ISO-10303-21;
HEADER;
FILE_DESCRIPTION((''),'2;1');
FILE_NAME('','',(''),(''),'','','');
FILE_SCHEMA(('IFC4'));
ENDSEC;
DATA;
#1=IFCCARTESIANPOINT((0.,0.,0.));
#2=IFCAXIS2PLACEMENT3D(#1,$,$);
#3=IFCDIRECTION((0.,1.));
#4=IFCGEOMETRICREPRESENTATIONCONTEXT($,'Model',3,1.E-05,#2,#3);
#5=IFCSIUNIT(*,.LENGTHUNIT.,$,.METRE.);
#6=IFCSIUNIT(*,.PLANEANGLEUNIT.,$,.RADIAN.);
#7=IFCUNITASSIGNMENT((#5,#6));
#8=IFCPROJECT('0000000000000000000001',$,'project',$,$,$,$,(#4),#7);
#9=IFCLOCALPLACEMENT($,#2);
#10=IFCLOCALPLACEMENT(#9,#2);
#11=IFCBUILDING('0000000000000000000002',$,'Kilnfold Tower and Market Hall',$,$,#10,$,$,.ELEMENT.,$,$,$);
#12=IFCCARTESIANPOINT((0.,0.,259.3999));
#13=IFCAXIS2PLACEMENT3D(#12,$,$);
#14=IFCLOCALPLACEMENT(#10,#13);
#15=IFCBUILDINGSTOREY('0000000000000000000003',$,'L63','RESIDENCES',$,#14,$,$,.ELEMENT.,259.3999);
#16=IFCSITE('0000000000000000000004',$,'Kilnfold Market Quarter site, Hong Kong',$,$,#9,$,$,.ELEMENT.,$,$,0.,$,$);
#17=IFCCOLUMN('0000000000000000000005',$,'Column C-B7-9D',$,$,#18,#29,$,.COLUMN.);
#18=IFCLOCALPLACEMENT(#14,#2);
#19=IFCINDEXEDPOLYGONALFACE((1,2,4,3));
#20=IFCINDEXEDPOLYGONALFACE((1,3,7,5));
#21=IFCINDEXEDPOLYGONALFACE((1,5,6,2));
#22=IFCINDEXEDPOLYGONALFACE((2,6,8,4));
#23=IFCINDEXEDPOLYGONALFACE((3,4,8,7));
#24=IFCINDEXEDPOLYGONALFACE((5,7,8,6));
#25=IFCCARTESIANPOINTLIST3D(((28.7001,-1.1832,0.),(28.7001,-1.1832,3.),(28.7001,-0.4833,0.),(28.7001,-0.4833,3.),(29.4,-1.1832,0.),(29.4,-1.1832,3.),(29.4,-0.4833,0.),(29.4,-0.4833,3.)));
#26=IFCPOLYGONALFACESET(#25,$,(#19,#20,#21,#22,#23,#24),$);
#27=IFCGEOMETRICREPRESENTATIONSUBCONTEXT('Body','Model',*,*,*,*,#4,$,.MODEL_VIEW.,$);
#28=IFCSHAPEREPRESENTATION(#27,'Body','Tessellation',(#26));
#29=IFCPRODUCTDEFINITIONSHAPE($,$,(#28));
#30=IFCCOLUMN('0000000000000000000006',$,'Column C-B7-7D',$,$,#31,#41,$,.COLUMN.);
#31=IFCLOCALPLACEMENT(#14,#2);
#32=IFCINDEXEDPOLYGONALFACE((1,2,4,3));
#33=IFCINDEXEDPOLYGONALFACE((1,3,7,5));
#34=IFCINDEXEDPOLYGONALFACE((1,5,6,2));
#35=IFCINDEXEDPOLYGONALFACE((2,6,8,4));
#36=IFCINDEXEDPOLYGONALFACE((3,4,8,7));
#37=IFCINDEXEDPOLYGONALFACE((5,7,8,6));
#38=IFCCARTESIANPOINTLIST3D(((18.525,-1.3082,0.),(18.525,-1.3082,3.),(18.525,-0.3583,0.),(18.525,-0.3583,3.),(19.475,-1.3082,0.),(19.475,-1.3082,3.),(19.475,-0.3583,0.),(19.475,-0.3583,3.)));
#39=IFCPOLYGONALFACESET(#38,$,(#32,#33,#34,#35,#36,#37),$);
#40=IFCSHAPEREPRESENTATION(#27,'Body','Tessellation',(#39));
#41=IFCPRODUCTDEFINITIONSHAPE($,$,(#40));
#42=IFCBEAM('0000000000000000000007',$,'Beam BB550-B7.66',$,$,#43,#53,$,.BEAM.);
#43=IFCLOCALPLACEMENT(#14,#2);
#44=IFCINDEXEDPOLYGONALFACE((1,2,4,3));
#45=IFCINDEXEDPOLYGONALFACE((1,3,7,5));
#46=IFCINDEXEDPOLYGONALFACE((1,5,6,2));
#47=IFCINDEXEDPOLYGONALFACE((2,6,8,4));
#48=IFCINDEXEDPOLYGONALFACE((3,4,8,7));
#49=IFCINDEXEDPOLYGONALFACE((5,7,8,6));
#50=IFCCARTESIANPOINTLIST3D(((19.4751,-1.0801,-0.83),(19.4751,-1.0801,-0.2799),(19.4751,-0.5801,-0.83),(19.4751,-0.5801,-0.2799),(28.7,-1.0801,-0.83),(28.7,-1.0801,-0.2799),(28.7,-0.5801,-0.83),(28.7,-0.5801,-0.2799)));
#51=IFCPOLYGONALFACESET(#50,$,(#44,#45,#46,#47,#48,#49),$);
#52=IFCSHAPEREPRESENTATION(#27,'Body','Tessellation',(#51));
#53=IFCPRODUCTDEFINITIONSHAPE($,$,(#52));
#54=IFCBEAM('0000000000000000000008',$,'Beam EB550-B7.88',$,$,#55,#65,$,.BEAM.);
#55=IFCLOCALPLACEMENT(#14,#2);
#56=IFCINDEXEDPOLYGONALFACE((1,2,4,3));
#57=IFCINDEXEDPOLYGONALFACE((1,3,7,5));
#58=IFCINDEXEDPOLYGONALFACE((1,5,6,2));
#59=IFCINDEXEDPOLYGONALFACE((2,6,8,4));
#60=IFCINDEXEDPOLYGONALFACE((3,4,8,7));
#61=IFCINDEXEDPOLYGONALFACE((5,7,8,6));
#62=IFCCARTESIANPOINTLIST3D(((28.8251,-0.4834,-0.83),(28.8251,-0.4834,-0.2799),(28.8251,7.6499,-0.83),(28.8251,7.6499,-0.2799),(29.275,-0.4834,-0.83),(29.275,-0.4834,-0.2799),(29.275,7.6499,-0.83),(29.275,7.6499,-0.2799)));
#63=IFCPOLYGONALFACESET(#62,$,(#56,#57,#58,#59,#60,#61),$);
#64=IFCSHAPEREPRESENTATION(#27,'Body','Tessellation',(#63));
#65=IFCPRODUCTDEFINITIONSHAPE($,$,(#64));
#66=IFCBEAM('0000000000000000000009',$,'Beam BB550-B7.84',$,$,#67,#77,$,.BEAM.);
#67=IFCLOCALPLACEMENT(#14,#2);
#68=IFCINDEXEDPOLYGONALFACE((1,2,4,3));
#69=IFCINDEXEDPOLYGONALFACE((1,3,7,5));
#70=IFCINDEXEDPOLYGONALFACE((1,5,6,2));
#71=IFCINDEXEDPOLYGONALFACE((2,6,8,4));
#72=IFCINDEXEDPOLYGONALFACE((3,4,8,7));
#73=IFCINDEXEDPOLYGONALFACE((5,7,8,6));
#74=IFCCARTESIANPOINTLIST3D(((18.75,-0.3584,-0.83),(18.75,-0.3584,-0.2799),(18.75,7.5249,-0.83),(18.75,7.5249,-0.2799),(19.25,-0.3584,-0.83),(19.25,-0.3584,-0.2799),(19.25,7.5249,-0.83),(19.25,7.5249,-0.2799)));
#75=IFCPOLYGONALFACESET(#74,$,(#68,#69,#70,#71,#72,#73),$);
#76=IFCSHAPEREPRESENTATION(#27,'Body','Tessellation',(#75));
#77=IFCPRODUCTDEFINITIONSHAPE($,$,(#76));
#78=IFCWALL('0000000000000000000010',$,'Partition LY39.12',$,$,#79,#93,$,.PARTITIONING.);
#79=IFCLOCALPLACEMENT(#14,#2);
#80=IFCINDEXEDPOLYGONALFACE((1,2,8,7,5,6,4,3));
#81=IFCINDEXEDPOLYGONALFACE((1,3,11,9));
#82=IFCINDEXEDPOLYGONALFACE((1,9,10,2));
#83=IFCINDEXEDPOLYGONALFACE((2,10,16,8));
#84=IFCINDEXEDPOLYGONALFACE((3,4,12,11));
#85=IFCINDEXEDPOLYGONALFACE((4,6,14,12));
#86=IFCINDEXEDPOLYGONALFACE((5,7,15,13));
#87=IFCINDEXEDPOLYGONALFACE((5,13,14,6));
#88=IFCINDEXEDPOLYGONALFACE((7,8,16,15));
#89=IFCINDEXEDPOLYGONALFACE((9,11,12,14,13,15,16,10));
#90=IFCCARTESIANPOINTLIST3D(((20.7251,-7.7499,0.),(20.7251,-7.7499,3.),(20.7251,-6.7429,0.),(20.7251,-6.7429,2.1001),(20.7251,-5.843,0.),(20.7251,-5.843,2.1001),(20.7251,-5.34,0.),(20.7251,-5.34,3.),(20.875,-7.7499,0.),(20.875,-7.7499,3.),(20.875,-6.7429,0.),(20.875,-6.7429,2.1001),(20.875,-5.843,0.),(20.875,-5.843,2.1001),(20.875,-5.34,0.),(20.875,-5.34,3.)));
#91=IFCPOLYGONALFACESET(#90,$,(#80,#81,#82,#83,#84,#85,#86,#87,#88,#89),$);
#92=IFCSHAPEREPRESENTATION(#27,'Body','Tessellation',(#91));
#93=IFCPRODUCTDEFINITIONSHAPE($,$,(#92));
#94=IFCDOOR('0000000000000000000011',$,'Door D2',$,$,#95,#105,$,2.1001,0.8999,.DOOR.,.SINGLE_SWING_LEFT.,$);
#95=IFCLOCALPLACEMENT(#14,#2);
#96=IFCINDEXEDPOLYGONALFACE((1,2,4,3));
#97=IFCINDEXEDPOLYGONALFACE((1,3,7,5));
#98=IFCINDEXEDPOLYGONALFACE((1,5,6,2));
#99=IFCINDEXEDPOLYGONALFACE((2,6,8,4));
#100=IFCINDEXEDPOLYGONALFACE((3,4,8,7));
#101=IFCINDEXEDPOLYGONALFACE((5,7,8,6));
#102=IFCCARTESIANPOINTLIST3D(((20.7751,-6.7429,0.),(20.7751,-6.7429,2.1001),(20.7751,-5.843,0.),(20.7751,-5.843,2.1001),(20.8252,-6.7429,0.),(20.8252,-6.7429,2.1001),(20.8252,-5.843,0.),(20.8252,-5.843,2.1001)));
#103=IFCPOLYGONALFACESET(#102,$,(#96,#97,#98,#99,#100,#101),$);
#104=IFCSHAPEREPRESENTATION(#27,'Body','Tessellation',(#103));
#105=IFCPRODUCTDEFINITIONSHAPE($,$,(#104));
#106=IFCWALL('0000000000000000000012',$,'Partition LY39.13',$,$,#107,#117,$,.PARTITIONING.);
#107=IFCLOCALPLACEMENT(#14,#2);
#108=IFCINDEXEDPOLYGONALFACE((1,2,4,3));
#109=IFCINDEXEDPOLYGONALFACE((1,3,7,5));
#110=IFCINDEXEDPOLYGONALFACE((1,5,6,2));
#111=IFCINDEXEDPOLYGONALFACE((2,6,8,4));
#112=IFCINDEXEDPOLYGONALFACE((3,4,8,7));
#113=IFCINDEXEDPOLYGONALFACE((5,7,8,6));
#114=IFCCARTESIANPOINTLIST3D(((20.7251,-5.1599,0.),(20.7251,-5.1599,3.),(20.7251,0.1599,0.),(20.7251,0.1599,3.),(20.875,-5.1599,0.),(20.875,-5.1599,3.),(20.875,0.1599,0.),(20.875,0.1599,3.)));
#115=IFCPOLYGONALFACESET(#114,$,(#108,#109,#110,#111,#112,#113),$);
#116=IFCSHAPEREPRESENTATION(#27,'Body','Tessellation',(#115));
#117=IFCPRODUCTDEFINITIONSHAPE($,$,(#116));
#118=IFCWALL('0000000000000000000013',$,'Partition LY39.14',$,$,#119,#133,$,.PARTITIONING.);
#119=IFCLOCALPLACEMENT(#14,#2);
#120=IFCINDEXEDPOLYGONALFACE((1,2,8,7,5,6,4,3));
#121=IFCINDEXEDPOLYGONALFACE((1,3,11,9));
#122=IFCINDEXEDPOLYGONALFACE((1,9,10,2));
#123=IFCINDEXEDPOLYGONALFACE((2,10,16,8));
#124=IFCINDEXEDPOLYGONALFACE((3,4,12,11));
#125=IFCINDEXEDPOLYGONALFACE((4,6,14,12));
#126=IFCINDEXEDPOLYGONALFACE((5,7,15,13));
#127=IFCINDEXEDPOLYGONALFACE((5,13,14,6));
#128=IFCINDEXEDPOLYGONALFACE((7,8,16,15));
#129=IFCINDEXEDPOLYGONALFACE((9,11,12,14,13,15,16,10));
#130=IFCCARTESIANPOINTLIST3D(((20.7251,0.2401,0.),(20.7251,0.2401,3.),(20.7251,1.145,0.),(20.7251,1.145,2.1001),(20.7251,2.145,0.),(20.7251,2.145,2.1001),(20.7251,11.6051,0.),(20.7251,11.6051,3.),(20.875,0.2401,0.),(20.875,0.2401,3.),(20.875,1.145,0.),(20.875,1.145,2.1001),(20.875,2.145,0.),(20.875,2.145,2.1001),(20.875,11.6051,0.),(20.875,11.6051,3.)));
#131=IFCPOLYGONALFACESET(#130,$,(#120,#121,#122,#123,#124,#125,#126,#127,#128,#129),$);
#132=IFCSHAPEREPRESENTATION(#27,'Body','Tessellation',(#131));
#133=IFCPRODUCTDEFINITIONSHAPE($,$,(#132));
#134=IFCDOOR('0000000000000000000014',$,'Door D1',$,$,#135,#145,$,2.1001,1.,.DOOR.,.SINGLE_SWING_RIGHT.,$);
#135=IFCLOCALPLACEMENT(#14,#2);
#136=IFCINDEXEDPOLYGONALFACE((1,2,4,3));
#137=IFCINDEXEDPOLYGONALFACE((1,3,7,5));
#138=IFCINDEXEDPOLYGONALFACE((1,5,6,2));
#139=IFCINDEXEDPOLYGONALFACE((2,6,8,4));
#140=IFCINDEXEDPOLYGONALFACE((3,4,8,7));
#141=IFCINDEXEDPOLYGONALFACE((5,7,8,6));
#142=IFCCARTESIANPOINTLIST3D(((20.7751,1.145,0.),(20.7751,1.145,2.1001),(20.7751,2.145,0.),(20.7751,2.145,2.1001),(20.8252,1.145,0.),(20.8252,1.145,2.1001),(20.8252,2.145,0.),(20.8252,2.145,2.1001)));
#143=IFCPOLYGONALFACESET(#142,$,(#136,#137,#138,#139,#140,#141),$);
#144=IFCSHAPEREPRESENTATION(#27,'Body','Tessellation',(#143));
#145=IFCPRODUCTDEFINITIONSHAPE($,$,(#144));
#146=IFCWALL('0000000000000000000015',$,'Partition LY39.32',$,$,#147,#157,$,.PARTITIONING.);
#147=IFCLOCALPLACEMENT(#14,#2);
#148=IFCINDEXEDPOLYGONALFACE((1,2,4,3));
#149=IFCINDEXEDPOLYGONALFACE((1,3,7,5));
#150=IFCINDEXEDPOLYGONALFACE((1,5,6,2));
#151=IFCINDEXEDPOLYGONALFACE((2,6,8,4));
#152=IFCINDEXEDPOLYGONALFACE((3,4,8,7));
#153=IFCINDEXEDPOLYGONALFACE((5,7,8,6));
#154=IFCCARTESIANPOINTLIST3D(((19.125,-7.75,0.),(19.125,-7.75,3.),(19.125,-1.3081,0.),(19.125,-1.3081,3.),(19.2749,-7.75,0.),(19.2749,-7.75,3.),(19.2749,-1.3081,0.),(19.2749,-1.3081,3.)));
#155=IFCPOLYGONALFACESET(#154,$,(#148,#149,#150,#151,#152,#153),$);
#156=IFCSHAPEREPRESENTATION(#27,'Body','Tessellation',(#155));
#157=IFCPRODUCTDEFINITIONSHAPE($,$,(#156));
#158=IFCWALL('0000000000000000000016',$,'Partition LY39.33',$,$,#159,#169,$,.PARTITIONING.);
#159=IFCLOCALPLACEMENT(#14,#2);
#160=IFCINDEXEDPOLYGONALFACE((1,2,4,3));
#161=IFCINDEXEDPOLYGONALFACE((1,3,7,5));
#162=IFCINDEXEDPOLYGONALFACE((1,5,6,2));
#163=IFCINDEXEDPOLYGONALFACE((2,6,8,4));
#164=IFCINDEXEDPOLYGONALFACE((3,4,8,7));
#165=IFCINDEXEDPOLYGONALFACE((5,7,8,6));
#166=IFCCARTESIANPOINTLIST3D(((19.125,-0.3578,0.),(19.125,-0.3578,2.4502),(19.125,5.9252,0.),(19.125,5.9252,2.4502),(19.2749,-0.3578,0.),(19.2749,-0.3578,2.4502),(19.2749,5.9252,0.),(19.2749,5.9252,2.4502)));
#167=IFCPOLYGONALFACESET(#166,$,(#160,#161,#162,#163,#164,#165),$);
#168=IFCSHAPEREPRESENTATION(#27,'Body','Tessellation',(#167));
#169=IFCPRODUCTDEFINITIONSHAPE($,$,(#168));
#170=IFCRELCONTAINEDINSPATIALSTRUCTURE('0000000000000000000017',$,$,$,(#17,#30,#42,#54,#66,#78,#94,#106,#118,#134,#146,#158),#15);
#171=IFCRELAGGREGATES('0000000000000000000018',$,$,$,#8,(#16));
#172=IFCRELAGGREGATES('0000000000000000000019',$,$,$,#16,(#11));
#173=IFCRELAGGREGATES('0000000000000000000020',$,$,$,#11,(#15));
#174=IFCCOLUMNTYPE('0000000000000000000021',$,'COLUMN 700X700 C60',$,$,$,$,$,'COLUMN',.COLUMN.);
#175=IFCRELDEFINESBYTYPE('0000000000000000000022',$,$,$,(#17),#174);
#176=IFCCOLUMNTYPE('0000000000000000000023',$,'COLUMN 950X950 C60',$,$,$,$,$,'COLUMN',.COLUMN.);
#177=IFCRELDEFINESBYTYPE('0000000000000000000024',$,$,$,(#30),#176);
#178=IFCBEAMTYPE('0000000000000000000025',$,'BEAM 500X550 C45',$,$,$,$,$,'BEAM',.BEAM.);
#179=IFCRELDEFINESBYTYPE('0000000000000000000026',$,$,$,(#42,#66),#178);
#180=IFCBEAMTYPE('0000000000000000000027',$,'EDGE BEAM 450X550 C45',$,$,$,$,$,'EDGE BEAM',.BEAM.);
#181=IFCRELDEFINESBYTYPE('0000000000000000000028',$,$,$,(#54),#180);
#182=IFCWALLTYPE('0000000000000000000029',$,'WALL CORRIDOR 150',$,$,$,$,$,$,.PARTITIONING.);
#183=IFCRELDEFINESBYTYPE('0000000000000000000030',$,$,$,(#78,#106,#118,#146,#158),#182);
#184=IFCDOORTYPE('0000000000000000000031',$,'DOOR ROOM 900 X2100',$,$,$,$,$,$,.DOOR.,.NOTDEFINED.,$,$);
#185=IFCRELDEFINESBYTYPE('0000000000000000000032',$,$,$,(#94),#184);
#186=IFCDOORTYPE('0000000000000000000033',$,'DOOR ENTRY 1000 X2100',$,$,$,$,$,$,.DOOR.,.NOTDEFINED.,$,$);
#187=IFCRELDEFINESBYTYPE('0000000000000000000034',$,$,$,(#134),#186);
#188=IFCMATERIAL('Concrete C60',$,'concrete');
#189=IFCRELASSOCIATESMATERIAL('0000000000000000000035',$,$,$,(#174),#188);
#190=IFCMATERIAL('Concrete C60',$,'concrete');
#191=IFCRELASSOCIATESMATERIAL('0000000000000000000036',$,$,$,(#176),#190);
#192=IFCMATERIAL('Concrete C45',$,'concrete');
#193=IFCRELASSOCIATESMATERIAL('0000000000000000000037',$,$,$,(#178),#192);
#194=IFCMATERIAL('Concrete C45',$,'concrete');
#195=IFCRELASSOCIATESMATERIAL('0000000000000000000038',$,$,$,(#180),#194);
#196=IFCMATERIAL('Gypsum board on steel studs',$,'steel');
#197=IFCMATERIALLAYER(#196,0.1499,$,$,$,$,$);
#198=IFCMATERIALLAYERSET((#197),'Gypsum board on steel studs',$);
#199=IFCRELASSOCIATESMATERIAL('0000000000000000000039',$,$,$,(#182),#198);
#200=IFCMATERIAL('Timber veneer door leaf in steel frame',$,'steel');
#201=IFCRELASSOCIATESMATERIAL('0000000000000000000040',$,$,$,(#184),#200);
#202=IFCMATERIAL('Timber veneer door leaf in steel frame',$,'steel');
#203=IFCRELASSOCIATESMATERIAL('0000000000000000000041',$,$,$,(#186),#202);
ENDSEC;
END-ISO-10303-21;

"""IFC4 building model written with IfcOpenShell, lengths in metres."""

from ifc_helpers import new_model, si_unit, direction, frame, frame_2d, origin, origin_2d, place, context, subcontext, project, spatial, rectangle, extrude, source, transform, mapped, material, layer, layer_set, material_profile, profile_set, type_object, element, fill, save


model = new_model("IFC4")

# Units and contexts
model_context = context("Model", 3, precision=1e-05, world=origin(), true_north=direction((0.0, 1.0)))
body_context = subcontext(model_context, "Body", "Model", "MODEL_VIEW")
ifc_project = project(units=[si_unit("LENGTHUNIT", "METRE"), si_unit("PLANEANGLEUNIT", "RADIAN")], contexts=[model_context])

# Site, building, storey
site_placement = place(None, origin())
site = spatial("IfcSite", under=ifc_project, at=site_placement, Name="Kilnfold Market Quarter site, Hong Kong", CompositionType="ELEMENT", RefElevation=0.0)
building_placement = place(site_placement, origin())
building = spatial("IfcBuilding", under=site, at=building_placement, Name="Kilnfold Tower and Market Hall", CompositionType="ELEMENT")
storey_placement = place(building_placement, frame((0.0, 0.0, 259.3999)))
storey = spatial("IfcBuildingStorey", under=building, at=storey_placement, Name="L63", Description="RESIDENCES", CompositionType="ELEMENT", Elevation=259.3999)

# Columns
ifc_material_1 = material(Name="Concrete C60", Category="concrete")
ifc_material_profile_1 = material_profile(ifc_material_1, rectangle(XDim=0.7, YDim=0.7, at=origin_2d()), Name="RC 700x700")
ifc_profile_set_1 = profile_set([ifc_material_profile_1], Name="Concrete C60")
column_type_1 = type_object("IfcColumnType", Name="COLUMN 700X700 C60", ElementType="COLUMN", PredefinedType="COLUMN", material=ifc_profile_set_1)
shared_shape_1 = source(origin(), body_context, "Body", "SweptSolid", [
    extrude(rectangle(XDim=0.7, YDim=0.7, at=origin_2d()), origin(), (0.0, 0.0, 1.0), 3.0),
])
column_1_placement = place(storey_placement, frame((29.05, -0.8333, 0.0), z_axis=(0.0, 0.0, 1.0), x_axis=(1.0, 0.0, 0.0)))
element("IfcColumn", 1, at=column_1_placement, inside=storey, type_object=column_type_1, Name="Column C-B7-9D", PredefinedType="COLUMN", context=body_context, shape_type="MappedRepresentation", body=[
    mapped(shared_shape_1, transform((0.0, 0.0, 0.0))),
])
ifc_material_2 = material(Name="Concrete C60", Category="concrete")
ifc_material_profile_2 = material_profile(ifc_material_2, rectangle(XDim=0.95, YDim=0.95, at=origin_2d()), Name="RC 950x950")
ifc_profile_set_2 = profile_set([ifc_material_profile_2], Name="Concrete C60")
column_type_2 = type_object("IfcColumnType", Name="COLUMN 950X950 C60", ElementType="COLUMN", PredefinedType="COLUMN", material=ifc_profile_set_2)
shared_shape_2 = source(origin(), body_context, "Body", "SweptSolid", [
    extrude(rectangle(XDim=0.95, YDim=0.95, at=origin_2d()), origin(), (0.0, 0.0, 1.0), 3.0),
])
column_2_placement = place(storey_placement, frame((19.0, -0.8333, 0.0), z_axis=(0.0, 0.0, 1.0), x_axis=(1.0, 0.0, 0.0)))
element("IfcColumn", 2, at=column_2_placement, inside=storey, type_object=column_type_2, Name="Column C-B7-7D", PredefinedType="COLUMN", context=body_context, shape_type="MappedRepresentation", body=[
    mapped(shared_shape_2, transform((0.0, 0.0, 0.0))),
])

# Beams
ifc_material_3 = material(Name="Concrete C45", Category="concrete")
ifc_material_profile_3 = material_profile(ifc_material_3, rectangle(XDim=0.5, YDim=0.55, at=origin_2d()), Name="RC 500x550")
ifc_profile_set_3 = profile_set([ifc_material_profile_3], Name="Concrete C45")
beam_type_1 = type_object("IfcBeamType", Name="BEAM 500X550 C45", ElementType="BEAM", PredefinedType="BEAM", material=ifc_profile_set_3)
shared_shape_3 = source(origin(), body_context, "Body", "SweptSolid", [
    extrude(rectangle(XDim=0.5, YDim=0.55, at=origin_2d()), origin(), (0.0, 0.0, 1.0), 9.2249),
])
beam_1_placement = place(storey_placement, frame((19.4751, -0.8301, -0.5549), z_axis=(1.0, 0.0, 0.0), x_axis=(0.0, 1.0, 0.0)))
element("IfcBeam", 3, at=beam_1_placement, inside=storey, type_object=beam_type_1, Name="Beam BB550-B7.66", PredefinedType="BEAM", context=body_context, shape_type="MappedRepresentation", body=[
    mapped(shared_shape_3, transform((0.0, 0.0, 0.0))),
])
ifc_material_4 = material(Name="Concrete C45", Category="concrete")
ifc_material_profile_4 = material_profile(ifc_material_4, rectangle(XDim=0.45, YDim=0.55, at=origin_2d()), Name="RC 450x550")
ifc_profile_set_4 = profile_set([ifc_material_profile_4], Name="Concrete C45")
beam_type_2 = type_object("IfcBeamType", Name="EDGE BEAM 450X550 C45", ElementType="EDGE BEAM", PredefinedType="BEAM", material=ifc_profile_set_4)
shared_shape_4 = source(origin(), body_context, "Body", "SweptSolid", [
    extrude(rectangle(XDim=0.45, YDim=0.55, at=origin_2d()), origin(), (0.0, 0.0, 1.0), 8.1333),
])
beam_2_placement = place(storey_placement, frame((29.05, -0.4834, -0.5549), z_axis=(0.0, 1.0, 0.0), x_axis=(-1.0, 0.0, 0.0)))
element("IfcBeam", 4, at=beam_2_placement, inside=storey, type_object=beam_type_2, Name="Beam EB550-B7.88", PredefinedType="BEAM", context=body_context, shape_type="MappedRepresentation", body=[
    mapped(shared_shape_4, transform((0.0, 0.0, 0.0))),
])
shared_shape_5 = source(origin(), body_context, "Body", "SweptSolid", [
    extrude(rectangle(XDim=0.5, YDim=0.55, at=origin_2d()), origin(), (0.0, 0.0, 1.0), 7.8833),
])
beam_3_placement = place(storey_placement, frame((19.0, -0.3584, -0.5549), z_axis=(0.0, 1.0, 0.0), x_axis=(-1.0, 0.0, 0.0)))
element("IfcBeam", 5, at=beam_3_placement, inside=storey, type_object=beam_type_1, Name="Beam BB550-B7.84", PredefinedType="BEAM", context=body_context, shape_type="MappedRepresentation", body=[
    mapped(shared_shape_5, transform((0.0, 0.0, 0.0))),
])

# Wall, opening, door
ifc_material_5 = material(Name="Gypsum board on steel studs", Category="steel")
ifc_layer_1 = layer(ifc_material_5, 0.1499)
ifc_layer_set_1 = layer_set([ifc_layer_1], Name="Gypsum board on steel studs")
wall_type_1 = type_object("IfcWallType", Name="WALL CORRIDOR 150", PredefinedType="PARTITIONING", material=ifc_layer_set_1)
wall_1_placement = place(storey_placement, frame((20.8, -7.75, 0.0), z_axis=(0.0, 0.0, 1.0), x_axis=(0.0, 1.0, 0.0)))
wall_1 = element("IfcWall", 6, at=wall_1_placement, inside=storey, type_object=wall_type_1, Name="Partition LY39.12", PredefinedType="PARTITIONING", context=body_context, shape_type="SweptSolid", body=[
    extrude(rectangle(XDim=2.4099, YDim=0.1499, at=frame_2d((1.2051, 0.0))), origin(), (0.0, 0.0, 1.0), 3.0),
])
opening_1_placement = place(wall_1_placement, frame((1.0071, 0.0, 0.0)))
opening_1 = element("IfcOpeningElement", 7, at=opening_1_placement, cuts=wall_1, PredefinedType="OPENING", context=body_context, shape_type="SweptSolid", body=[
    extrude(rectangle(XDim=0.8999, YDim=2.1001, at=frame_2d((0.45, 1.05))), frame((0.0, 0.085, 0.0), z_axis=(0.0, -1.0, 0.0), x_axis=(1.0, 0.0, 0.0)), (0.0, 0.0, 1.0), 0.1699),
])
ifc_material_6 = material(Name="Timber veneer door leaf in steel frame", Category="steel")
door_type_1 = type_object("IfcDoorType", Name="DOOR ROOM 900 X2100", OperationType="NOTDEFINED", PredefinedType="DOOR", material=ifc_material_6)
door_1_placement = place(opening_1_placement, origin())
door_1 = element("IfcDoor", 8, at=door_1_placement, inside=storey, type_object=door_type_1, Name="Door D2", OperationType="SINGLE_SWING_LEFT", OverallHeight=2.1001, OverallWidth=0.8999, PredefinedType="DOOR", context=body_context, shape_type="SweptSolid", body=[
    extrude(rectangle(XDim=0.8999, YDim=2.1001, at=frame_2d((0.45, 1.05))), frame((0.0, 0.0249, 0.0), z_axis=(0.0, -1.0, 0.0), x_axis=(1.0, 0.0, 0.0)), (0.0, 0.0, 1.0), 0.05),
])
fill(opening_1, door_1)

# Wall
wall_2_placement = place(storey_placement, frame((20.8, -5.1599, 0.0), z_axis=(0.0, 0.0, 1.0), x_axis=(0.0, 1.0, 0.0)))
element("IfcWall", 9, at=wall_2_placement, inside=storey, type_object=wall_type_1, Name="Partition LY39.13", PredefinedType="PARTITIONING", context=body_context, shape_type="SweptSolid", body=[
    extrude(rectangle(XDim=5.3198, YDim=0.1499, at=frame_2d((2.6599, 0.0))), origin(), (0.0, 0.0, 1.0), 3.0),
])

# Wall, opening, door
wall_3_placement = place(storey_placement, frame((20.8, 0.24, 0.0), z_axis=(0.0, 0.0, 1.0), x_axis=(0.0, 1.0, 0.0)))
wall_3 = element("IfcWall", 10, at=wall_3_placement, inside=storey, type_object=wall_type_1, Name="Partition LY39.14", PredefinedType="PARTITIONING", context=body_context, shape_type="SweptSolid", body=[
    extrude(rectangle(XDim=11.365, YDim=0.1499, at=frame_2d((5.6826, 0.0))), origin(), (0.0, 0.0, 1.0), 3.0),
])
opening_2_placement = place(wall_3_placement, frame((0.905, 0.0, 0.0)))
opening_2 = element("IfcOpeningElement", 11, at=opening_2_placement, cuts=wall_3, PredefinedType="OPENING", context=body_context, shape_type="SweptSolid", body=[
    extrude(rectangle(XDim=1.0, YDim=2.1001, at=frame_2d((0.5, 1.05))), frame((0.0, 0.085, 0.0), z_axis=(0.0, -1.0, 0.0), x_axis=(1.0, 0.0, 0.0)), (0.0, 0.0, 1.0), 0.1699),
])
ifc_material_7 = material(Name="Timber veneer door leaf in steel frame", Category="steel")
door_type_2 = type_object("IfcDoorType", Name="DOOR ENTRY 1000 X2100", OperationType="NOTDEFINED", PredefinedType="DOOR", material=ifc_material_7)
door_2_placement = place(opening_2_placement, origin())
door_2 = element("IfcDoor", 12, at=door_2_placement, inside=storey, type_object=door_type_2, Name="Door D1", OperationType="SINGLE_SWING_RIGHT", OverallHeight=2.1001, OverallWidth=1.0, PredefinedType="DOOR", context=body_context, shape_type="SweptSolid", body=[
    extrude(rectangle(XDim=1.0, YDim=2.1001, at=frame_2d((0.5, 1.05))), frame((0.0, 0.0249, 0.0), z_axis=(0.0, -1.0, 0.0), x_axis=(1.0, 0.0, 0.0)), (0.0, 0.0, 1.0), 0.05),
])
fill(opening_2, door_2)

# Walls
wall_4_placement = place(storey_placement, frame((19.2, -7.75, 0.0), z_axis=(0.0, 0.0, 1.0), x_axis=(0.0, 1.0, 0.0)))
element("IfcWall", 13, at=wall_4_placement, inside=storey, type_object=wall_type_1, Name="Partition LY39.32", PredefinedType="PARTITIONING", context=body_context, shape_type="SweptSolid", body=[
    extrude(rectangle(XDim=6.4419, YDim=0.1499, at=frame_2d((3.2209, 0.0))), origin(), (0.0, 0.0, 1.0), 3.0),
])
wall_5_placement = place(storey_placement, frame((19.2, -0.3579, 0.0), z_axis=(0.0, 0.0, 1.0), x_axis=(0.0, 1.0, 0.0)))
element("IfcWall", 14, at=wall_5_placement, inside=storey, type_object=wall_type_1, Name="Partition LY39.33", PredefinedType="PARTITIONING", context=body_context, shape_type="SweptSolid", body=[
    extrude(rectangle(XDim=6.283, YDim=0.1499, at=frame_2d((3.1416, 0.0))), origin(), (0.0, 0.0, 1.0), 2.4502),
])

save(model, "model.ifc")
